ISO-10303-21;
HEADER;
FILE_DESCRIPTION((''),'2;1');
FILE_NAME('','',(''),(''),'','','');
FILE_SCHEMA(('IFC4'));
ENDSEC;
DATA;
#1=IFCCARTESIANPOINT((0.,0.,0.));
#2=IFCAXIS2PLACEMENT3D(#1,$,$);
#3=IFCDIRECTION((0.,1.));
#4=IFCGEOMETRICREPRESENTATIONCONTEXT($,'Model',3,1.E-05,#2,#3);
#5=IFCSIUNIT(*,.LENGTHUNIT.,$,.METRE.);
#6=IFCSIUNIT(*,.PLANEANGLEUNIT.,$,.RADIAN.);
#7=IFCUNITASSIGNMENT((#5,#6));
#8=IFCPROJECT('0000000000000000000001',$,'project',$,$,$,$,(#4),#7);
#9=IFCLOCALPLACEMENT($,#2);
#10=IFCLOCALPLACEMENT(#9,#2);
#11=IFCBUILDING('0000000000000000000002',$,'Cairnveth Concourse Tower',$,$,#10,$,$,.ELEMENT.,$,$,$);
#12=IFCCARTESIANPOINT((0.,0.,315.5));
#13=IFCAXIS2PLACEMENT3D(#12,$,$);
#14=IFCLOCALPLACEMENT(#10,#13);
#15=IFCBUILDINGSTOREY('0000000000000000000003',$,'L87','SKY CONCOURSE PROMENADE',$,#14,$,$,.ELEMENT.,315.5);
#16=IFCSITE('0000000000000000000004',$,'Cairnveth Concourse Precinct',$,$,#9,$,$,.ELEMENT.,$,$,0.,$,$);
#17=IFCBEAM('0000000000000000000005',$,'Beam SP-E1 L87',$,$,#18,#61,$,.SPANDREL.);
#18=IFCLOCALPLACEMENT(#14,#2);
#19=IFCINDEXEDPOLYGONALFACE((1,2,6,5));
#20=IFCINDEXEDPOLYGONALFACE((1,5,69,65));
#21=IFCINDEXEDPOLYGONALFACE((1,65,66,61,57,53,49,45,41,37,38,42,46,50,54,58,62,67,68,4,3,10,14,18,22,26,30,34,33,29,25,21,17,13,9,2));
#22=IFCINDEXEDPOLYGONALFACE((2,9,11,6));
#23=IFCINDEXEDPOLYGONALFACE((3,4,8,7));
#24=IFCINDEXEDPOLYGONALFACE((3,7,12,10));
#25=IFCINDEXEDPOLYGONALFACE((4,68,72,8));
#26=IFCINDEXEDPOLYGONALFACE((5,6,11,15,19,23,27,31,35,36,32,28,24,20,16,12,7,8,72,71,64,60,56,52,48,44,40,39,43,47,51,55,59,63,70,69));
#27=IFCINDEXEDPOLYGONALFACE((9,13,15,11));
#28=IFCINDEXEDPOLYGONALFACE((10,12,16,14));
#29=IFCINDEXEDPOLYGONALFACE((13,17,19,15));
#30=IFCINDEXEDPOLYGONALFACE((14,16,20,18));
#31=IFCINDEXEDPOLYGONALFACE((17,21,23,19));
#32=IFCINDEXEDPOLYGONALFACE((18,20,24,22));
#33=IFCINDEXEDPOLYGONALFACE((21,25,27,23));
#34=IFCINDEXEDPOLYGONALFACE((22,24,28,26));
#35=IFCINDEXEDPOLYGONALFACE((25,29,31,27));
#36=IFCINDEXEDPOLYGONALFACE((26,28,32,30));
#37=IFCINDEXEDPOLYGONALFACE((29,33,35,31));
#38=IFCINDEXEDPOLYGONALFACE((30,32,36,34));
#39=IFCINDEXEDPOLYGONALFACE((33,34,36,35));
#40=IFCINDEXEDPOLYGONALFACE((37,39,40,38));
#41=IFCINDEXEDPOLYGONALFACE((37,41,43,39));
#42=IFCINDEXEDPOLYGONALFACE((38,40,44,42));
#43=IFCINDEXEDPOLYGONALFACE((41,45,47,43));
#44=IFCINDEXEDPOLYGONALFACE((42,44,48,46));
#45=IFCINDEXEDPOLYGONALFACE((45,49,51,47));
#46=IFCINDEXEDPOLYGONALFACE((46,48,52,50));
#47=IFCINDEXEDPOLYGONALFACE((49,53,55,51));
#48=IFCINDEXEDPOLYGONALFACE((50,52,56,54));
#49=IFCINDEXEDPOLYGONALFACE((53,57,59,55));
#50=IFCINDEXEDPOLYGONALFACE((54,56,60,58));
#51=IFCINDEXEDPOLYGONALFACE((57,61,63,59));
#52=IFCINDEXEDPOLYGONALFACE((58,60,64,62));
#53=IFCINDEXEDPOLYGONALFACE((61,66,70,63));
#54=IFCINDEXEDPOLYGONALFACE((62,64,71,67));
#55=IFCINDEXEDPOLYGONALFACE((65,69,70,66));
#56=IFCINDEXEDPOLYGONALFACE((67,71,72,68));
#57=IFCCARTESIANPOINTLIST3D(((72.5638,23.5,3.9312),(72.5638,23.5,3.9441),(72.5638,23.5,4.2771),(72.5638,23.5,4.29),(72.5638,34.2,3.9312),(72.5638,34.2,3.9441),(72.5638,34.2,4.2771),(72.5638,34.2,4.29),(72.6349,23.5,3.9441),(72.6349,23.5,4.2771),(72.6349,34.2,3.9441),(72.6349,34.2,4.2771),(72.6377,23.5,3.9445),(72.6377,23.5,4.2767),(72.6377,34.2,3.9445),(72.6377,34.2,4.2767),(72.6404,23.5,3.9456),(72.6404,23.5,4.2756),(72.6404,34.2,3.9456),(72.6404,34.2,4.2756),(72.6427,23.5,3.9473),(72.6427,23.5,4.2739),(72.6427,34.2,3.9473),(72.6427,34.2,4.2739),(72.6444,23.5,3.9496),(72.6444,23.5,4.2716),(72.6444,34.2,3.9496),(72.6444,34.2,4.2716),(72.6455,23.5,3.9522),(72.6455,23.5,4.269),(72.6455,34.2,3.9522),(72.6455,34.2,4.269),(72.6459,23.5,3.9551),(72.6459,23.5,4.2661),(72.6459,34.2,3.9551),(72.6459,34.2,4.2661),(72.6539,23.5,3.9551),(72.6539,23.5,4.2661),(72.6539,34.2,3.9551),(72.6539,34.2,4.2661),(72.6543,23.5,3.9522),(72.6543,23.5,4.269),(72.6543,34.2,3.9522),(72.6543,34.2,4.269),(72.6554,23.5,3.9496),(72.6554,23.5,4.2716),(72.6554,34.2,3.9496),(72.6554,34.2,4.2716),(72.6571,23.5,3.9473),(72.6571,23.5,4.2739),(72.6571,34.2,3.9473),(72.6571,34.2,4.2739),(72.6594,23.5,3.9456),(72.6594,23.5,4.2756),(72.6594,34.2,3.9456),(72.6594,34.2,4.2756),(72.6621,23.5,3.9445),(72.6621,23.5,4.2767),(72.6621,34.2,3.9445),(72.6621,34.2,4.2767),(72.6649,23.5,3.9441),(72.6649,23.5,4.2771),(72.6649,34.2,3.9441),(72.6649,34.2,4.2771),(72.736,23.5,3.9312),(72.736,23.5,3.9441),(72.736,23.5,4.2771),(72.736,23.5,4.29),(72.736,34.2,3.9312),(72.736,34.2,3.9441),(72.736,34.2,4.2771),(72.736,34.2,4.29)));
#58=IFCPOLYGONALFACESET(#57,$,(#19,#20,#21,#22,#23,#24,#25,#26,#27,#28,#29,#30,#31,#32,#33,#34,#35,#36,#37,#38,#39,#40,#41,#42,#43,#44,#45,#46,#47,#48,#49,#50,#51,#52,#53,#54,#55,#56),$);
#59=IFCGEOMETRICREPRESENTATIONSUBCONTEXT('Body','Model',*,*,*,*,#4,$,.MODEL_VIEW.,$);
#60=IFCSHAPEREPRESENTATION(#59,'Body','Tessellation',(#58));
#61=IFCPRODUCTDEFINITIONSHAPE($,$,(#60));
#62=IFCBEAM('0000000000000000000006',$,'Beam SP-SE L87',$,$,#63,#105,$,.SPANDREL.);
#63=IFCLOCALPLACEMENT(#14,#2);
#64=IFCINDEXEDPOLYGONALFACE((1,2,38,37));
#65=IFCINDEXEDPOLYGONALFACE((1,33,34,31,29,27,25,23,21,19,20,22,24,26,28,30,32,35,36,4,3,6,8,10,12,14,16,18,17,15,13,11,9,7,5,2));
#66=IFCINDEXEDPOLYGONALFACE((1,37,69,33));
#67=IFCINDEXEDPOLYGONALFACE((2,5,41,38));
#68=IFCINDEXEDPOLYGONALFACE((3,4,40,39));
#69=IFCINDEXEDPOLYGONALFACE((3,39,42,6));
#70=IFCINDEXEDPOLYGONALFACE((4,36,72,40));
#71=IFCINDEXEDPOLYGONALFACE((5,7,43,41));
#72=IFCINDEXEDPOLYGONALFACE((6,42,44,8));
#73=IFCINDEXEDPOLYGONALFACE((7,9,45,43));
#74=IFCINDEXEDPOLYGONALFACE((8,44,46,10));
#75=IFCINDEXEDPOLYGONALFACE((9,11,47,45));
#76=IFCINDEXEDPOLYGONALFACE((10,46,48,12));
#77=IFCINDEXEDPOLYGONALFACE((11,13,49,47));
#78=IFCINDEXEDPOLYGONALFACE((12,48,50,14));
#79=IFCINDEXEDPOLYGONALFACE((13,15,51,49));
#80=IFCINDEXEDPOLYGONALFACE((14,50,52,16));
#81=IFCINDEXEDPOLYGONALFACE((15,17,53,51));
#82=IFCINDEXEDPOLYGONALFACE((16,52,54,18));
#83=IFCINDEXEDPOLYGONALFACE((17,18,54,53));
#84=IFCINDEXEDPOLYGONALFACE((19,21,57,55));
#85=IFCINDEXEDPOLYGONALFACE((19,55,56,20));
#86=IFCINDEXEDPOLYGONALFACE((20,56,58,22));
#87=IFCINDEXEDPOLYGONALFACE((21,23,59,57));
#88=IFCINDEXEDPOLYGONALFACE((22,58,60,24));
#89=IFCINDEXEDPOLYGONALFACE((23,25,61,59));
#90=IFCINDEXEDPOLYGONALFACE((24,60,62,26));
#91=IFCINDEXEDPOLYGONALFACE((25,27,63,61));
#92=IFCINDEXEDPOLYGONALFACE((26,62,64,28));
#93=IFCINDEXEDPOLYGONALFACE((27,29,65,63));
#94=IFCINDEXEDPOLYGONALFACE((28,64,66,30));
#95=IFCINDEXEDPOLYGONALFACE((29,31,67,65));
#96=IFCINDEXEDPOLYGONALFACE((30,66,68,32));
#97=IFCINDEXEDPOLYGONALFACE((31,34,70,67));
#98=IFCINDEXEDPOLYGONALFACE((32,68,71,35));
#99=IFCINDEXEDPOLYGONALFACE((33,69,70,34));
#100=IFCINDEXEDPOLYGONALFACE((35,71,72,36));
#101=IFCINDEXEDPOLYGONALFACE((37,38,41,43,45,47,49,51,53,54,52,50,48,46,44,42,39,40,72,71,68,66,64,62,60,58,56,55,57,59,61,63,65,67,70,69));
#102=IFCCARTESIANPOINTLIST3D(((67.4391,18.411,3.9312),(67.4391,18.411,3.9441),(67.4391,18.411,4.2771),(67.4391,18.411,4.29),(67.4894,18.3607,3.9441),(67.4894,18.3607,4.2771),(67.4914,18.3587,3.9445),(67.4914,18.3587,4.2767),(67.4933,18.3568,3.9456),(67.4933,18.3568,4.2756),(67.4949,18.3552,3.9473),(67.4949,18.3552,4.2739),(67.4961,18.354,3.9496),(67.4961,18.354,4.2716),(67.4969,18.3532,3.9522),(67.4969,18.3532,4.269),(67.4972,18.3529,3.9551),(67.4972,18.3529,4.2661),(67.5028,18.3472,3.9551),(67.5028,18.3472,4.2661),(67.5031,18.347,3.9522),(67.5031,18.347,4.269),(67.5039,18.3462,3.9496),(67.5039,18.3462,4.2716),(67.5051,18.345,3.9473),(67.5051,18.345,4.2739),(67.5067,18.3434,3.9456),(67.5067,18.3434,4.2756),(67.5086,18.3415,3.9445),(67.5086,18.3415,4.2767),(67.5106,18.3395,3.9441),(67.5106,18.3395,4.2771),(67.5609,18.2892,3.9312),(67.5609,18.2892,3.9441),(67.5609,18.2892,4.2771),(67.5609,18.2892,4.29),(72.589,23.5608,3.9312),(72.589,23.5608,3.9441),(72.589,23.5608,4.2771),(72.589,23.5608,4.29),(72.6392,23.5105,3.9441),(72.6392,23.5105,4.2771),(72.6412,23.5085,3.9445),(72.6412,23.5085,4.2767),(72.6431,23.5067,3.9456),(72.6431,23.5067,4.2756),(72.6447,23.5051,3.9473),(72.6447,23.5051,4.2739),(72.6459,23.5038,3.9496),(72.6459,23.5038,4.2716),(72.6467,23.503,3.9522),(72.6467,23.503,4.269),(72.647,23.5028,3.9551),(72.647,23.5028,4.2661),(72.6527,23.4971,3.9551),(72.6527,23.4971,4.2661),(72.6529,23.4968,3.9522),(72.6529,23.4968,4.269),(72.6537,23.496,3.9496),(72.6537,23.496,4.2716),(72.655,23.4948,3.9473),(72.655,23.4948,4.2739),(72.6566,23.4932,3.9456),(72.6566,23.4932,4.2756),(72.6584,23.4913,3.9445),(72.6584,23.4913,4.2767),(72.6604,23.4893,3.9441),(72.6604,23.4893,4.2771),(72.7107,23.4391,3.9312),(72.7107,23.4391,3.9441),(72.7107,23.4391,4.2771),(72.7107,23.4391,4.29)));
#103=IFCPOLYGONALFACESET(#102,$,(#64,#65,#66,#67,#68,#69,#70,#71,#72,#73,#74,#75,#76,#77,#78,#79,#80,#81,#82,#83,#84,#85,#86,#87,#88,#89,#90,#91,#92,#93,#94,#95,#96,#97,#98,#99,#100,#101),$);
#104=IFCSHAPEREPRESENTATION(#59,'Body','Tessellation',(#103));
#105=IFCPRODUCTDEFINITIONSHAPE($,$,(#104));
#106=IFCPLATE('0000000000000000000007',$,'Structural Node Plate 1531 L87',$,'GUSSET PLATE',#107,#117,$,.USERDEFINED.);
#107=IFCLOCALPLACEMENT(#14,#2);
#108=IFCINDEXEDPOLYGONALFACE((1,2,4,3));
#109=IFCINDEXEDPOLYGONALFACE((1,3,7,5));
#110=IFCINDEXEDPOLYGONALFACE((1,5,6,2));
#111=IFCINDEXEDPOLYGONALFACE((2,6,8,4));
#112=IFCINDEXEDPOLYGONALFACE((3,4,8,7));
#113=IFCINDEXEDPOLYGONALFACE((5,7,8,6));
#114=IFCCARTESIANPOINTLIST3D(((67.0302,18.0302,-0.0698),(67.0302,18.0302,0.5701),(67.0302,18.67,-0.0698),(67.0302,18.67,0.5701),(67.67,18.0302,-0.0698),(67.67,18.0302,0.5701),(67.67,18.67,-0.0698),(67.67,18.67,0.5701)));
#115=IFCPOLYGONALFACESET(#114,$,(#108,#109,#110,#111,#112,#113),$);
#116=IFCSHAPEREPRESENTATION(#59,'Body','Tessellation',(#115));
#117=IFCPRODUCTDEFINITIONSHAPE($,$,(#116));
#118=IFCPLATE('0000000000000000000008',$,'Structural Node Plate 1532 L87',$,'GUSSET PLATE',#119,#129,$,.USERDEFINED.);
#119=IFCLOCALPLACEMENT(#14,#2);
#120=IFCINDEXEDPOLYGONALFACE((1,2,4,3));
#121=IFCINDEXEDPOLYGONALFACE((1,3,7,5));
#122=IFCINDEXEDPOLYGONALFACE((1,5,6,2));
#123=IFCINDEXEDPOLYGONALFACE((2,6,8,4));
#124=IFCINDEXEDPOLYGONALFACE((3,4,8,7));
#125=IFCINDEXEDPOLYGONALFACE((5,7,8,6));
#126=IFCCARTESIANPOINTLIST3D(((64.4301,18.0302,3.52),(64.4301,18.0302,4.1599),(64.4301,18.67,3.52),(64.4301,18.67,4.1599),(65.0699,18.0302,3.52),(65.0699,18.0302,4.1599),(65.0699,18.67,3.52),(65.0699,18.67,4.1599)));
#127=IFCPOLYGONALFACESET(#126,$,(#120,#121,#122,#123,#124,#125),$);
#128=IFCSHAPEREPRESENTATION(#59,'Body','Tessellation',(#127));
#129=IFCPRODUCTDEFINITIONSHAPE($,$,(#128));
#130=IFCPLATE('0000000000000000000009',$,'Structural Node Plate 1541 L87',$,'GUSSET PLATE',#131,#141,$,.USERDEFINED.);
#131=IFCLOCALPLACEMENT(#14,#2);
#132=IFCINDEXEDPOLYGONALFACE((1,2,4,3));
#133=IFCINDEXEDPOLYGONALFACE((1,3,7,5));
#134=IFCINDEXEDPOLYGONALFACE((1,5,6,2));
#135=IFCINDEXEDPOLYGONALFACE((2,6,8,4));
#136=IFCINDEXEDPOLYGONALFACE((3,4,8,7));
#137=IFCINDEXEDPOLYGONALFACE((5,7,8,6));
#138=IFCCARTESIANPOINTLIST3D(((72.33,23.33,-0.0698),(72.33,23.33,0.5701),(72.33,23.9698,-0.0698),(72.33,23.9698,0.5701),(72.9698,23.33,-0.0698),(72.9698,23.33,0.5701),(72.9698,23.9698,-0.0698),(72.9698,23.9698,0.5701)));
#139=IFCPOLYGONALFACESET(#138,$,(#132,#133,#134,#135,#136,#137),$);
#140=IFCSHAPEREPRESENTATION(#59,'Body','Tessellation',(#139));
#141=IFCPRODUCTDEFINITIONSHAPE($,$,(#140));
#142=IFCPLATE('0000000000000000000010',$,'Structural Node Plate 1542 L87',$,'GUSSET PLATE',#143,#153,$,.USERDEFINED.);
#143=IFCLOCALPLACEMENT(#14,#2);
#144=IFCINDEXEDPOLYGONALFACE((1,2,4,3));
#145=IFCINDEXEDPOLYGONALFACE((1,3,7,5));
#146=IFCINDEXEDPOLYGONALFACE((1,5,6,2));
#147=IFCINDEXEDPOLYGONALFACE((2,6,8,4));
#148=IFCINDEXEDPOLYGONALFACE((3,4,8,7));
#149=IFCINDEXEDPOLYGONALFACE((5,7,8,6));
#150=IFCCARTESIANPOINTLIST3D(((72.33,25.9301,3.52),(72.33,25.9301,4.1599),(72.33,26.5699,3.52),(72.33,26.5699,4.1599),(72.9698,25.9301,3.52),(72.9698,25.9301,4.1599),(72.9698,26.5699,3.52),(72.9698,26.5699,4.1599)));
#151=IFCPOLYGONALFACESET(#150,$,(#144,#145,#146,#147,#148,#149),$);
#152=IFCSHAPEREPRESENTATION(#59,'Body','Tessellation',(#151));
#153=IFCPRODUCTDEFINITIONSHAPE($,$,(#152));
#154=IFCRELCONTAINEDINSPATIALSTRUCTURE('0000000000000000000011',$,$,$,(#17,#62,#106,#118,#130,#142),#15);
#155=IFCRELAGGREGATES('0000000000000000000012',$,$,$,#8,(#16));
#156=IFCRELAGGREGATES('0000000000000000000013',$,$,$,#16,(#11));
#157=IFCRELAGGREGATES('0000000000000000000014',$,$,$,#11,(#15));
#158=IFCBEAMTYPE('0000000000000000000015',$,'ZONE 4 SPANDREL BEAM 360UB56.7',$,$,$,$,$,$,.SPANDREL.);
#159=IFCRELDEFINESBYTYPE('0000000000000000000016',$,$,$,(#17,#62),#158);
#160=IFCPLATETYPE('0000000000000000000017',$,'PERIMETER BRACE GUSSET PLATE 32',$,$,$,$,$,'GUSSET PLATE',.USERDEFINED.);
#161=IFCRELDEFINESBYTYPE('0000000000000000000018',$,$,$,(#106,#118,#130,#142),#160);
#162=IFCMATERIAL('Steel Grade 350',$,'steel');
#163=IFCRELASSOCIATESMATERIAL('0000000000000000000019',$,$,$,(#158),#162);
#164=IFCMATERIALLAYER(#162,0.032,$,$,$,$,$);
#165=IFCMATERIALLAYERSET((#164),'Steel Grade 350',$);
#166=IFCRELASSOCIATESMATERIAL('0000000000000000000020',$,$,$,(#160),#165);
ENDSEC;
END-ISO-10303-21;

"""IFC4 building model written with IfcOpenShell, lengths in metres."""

from ifc_helpers import new_model, si_unit, direction, frame, origin, origin_2d, place, context, subcontext, project, spatial, rectangle, i_section, extrude, material, layer, layer_set, material_profile, profile_set, type_object, element, save


model = new_model("IFC4")

# Units and contexts
model_context = context("Model", 3, precision=1e-05, world=origin(), true_north=direction((0.0, 1.0)))
body_context = subcontext(model_context, "Body", "Model", "MODEL_VIEW")
ifc_project = project(units=[si_unit("LENGTHUNIT", "METRE"), si_unit("PLANEANGLEUNIT", "RADIAN")], contexts=[model_context])

# Site, building, storey
site_placement = place(None, origin())
site = spatial("IfcSite", under=ifc_project, at=site_placement, Name="Cairnveth Concourse Precinct", CompositionType="ELEMENT", RefElevation=0.0)
building_placement = place(site_placement, origin())
building = spatial("IfcBuilding", under=site, at=building_placement, Name="Cairnveth Concourse Tower", CompositionType="ELEMENT")
storey_placement = place(building_placement, frame((0.0, 0.0, 315.5)))
storey = spatial("IfcBuildingStorey", under=building, at=storey_placement, Name="L87", Description="SKY CONCOURSE PROMENADE", CompositionType="ELEMENT", Elevation=315.5)

# Shared definitions
ifc_material_1 = material(Name="Steel Grade 350", Category="steel")

# Beams
ifc_material_profile_1 = material_profile(ifc_material_1, i_section(OverallWidth=0.1721, OverallDepth=0.3589, WebThickness=0.0081, FlangeThickness=0.0129, FilletRadius=0.011, at=origin_2d()), Name="360UB56.7")
ifc_profile_set_1 = profile_set([ifc_material_profile_1], Name="Steel Grade 350")
beam_type_1 = type_object("IfcBeamType", Name="ZONE 4 SPANDREL BEAM 360UB56.7", PredefinedType="SPANDREL", material=ifc_profile_set_1)
beam_1_placement = place(storey_placement, frame((72.6499, 23.5, 4.1106), z_axis=(0.0, 1.0, 0.0), x_axis=(-1.0, 0.0, 0.0)))
element("IfcBeam", 1, at=beam_1_placement, inside=storey, type_object=beam_type_1, Name="Beam SP-E1 L87", PredefinedType="SPANDREL", context=body_context, shape_type="SweptSolid", body=[
    extrude(i_section(OverallWidth=0.1721, OverallDepth=0.3589, WebThickness=0.0081, FlangeThickness=0.0129, FilletRadius=0.011, at=origin_2d()), origin(), (0.0, 0.0, 1.0), 10.7),
])
beam_2_placement = place(storey_placement, frame((67.5, 18.3501, 4.1106), z_axis=(0.707107, 0.707107, 0.0), x_axis=(-0.707107, 0.707107, 0.0)))
element("IfcBeam", 2, at=beam_2_placement, inside=storey, type_object=beam_type_1, Name="Beam SP-SE L87", PredefinedType="SPANDREL", context=body_context, shape_type="SweptSolid", body=[
    extrude(i_section(OverallWidth=0.1721, OverallDepth=0.3589, WebThickness=0.0081, FlangeThickness=0.0129, FilletRadius=0.011, at=origin_2d()), origin(), (0.0, 0.0, 1.0), 7.283),
])

# Plates
ifc_layer_1 = layer(ifc_material_1, 0.032)
ifc_layer_set_1 = layer_set([ifc_layer_1], Name="Steel Grade 350")
plate_type = type_object("IfcPlateType", Name="PERIMETER BRACE GUSSET PLATE 32", ElementType="GUSSET PLATE", PredefinedType="USERDEFINED", material=ifc_layer_set_1)
for number, where, z_axis, x_axis, name in (
    (3, (67.3501, 18.3501, -0.0698), (0.0, 0.0, 1.0), (1.0, 0.0, 0.0), "Structural Node Plate 1531 L87"),
    (4, (64.75, 18.3501, 3.52), (0.0, 0.0, 1.0), (1.0, 0.0, 0.0), "Structural Node Plate 1532 L87"),
    (5, (72.6499, 23.6499, -0.0698), (0.0, 0.0, 1.0), (1.0, 0.0, 0.0), "Structural Node Plate 1541 L87"),
    (6, (72.6499, 26.25, 3.52), (0.0, 0.0, 1.0), (1.0, 0.0, 0.0), "Structural Node Plate 1542 L87"),
):
    element("IfcPlate", number, at=place(storey_placement, frame(where, z_axis=z_axis, x_axis=x_axis)), inside=storey, type_object=plate_type, Name=name, ObjectType="GUSSET PLATE", PredefinedType="USERDEFINED", context=body_context, shape_type="SweptSolid", body=[
        extrude(rectangle(XDim=0.6399, YDim=0.6399, at=origin_2d()), origin(), (0.0, 0.0, 1.0), 0.6399),
    ])

save(model, "model.ifc")
